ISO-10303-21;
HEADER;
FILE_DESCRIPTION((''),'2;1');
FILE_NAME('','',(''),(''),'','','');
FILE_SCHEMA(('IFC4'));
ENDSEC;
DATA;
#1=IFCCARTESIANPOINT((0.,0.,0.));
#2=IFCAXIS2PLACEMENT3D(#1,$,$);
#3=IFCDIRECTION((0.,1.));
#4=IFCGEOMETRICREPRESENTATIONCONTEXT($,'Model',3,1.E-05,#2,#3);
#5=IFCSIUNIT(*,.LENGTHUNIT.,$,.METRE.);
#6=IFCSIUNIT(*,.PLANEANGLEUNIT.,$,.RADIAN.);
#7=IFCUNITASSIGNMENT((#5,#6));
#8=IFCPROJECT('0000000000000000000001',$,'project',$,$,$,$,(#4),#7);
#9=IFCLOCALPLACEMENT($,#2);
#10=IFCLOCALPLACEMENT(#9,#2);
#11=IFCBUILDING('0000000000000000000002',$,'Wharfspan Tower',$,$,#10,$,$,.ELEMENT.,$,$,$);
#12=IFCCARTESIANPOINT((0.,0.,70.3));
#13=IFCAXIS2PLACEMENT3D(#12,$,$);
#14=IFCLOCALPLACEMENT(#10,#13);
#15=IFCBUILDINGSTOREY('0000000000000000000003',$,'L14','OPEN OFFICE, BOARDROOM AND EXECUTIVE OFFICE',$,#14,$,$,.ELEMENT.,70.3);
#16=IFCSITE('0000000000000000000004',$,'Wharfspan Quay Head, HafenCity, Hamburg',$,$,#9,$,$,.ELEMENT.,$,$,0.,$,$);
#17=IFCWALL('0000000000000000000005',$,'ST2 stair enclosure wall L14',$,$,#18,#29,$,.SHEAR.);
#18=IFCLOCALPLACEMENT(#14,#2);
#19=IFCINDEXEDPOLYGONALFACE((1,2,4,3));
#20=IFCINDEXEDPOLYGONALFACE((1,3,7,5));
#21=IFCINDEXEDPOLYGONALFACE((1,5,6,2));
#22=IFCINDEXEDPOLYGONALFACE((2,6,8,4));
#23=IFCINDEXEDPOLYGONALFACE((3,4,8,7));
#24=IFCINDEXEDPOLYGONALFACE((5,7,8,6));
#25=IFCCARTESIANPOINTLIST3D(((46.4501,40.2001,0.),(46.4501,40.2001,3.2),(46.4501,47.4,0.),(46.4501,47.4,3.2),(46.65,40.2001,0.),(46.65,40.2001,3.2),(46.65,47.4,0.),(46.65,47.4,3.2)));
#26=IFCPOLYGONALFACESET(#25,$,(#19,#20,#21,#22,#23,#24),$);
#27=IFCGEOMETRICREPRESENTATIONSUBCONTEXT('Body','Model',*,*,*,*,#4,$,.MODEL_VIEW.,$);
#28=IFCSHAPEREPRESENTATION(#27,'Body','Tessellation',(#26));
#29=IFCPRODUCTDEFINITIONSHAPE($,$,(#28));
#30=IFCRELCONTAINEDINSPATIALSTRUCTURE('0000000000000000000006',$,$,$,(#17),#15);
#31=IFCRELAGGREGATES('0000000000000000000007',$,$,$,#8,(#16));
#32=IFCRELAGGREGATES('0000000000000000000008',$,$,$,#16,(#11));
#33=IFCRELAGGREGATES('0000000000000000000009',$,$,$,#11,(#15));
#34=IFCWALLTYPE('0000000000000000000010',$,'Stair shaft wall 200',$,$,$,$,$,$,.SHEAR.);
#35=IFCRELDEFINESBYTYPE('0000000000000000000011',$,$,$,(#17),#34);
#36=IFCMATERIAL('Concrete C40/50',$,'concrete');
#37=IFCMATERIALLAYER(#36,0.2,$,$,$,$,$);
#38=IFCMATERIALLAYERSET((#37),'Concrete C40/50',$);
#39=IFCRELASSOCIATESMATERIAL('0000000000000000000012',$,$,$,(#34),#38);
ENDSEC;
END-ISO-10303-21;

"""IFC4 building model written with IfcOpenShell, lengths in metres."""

from ifc_helpers import new_model, si_unit, direction, frame, frame_2d, origin, place, context, subcontext, project, spatial, rectangle, extrude, material, layer, layer_set, type_object, element, save


model = new_model("IFC4")

# Units and contexts
model_context = context("Model", 3, precision=1e-05, world=origin(), true_north=direction((0.0, 1.0)))
body_context = subcontext(model_context, "Body", "Model", "MODEL_VIEW")
ifc_project = project(units=[si_unit("LENGTHUNIT", "METRE"), si_unit("PLANEANGLEUNIT", "RADIAN")], contexts=[model_context])

# Site, building, storey
site_placement = place(None, origin())
site = spatial("IfcSite", under=ifc_project, at=site_placement, Name="Wharfspan Quay Head, HafenCity, Hamburg", CompositionType="ELEMENT", RefElevation=0.0)
building_placement = place(site_placement, origin())
building = spatial("IfcBuilding", under=site, at=building_placement, Name="Wharfspan Tower", CompositionType="ELEMENT")
storey_placement = place(building_placement, frame((0.0, 0.0, 70.3)))
storey = spatial("IfcBuildingStorey", under=building, at=storey_placement, Name="L14", Description="OPEN OFFICE, BOARDROOM AND EXECUTIVE OFFICE", CompositionType="ELEMENT", Elevation=70.3)

# Shared definitions
ifc_material_1 = material(Name="Concrete C40/50", Category="concrete")
ifc_layer_1 = layer(ifc_material_1, 0.2)
ifc_layer_set_1 = layer_set([ifc_layer_1], Name="Concrete C40/50")
wall_type_1 = type_object("IfcWallType", Name="Stair shaft wall 200", PredefinedType="SHEAR", material=ifc_layer_set_1)

# Wall
wall_1_placement = place(storey_placement, frame((46.55, 40.2, 0.0), z_axis=(0.0, 0.0, 1.0), x_axis=(0.0, 1.0, 0.0)))
element("IfcWall", 1, at=wall_1_placement, inside=storey, type_object=wall_type_1, Name="ST2 stair enclosure wall L14", PredefinedType="SHEAR", context=body_context, shape_type="SweptSolid", body=[
    extrude(rectangle(XDim=7.2, YDim=0.2, at=frame_2d((3.6001, 0.0))), origin(), (0.0, 0.0, 1.0), 3.2),
])

save(model, "model.ifc")
